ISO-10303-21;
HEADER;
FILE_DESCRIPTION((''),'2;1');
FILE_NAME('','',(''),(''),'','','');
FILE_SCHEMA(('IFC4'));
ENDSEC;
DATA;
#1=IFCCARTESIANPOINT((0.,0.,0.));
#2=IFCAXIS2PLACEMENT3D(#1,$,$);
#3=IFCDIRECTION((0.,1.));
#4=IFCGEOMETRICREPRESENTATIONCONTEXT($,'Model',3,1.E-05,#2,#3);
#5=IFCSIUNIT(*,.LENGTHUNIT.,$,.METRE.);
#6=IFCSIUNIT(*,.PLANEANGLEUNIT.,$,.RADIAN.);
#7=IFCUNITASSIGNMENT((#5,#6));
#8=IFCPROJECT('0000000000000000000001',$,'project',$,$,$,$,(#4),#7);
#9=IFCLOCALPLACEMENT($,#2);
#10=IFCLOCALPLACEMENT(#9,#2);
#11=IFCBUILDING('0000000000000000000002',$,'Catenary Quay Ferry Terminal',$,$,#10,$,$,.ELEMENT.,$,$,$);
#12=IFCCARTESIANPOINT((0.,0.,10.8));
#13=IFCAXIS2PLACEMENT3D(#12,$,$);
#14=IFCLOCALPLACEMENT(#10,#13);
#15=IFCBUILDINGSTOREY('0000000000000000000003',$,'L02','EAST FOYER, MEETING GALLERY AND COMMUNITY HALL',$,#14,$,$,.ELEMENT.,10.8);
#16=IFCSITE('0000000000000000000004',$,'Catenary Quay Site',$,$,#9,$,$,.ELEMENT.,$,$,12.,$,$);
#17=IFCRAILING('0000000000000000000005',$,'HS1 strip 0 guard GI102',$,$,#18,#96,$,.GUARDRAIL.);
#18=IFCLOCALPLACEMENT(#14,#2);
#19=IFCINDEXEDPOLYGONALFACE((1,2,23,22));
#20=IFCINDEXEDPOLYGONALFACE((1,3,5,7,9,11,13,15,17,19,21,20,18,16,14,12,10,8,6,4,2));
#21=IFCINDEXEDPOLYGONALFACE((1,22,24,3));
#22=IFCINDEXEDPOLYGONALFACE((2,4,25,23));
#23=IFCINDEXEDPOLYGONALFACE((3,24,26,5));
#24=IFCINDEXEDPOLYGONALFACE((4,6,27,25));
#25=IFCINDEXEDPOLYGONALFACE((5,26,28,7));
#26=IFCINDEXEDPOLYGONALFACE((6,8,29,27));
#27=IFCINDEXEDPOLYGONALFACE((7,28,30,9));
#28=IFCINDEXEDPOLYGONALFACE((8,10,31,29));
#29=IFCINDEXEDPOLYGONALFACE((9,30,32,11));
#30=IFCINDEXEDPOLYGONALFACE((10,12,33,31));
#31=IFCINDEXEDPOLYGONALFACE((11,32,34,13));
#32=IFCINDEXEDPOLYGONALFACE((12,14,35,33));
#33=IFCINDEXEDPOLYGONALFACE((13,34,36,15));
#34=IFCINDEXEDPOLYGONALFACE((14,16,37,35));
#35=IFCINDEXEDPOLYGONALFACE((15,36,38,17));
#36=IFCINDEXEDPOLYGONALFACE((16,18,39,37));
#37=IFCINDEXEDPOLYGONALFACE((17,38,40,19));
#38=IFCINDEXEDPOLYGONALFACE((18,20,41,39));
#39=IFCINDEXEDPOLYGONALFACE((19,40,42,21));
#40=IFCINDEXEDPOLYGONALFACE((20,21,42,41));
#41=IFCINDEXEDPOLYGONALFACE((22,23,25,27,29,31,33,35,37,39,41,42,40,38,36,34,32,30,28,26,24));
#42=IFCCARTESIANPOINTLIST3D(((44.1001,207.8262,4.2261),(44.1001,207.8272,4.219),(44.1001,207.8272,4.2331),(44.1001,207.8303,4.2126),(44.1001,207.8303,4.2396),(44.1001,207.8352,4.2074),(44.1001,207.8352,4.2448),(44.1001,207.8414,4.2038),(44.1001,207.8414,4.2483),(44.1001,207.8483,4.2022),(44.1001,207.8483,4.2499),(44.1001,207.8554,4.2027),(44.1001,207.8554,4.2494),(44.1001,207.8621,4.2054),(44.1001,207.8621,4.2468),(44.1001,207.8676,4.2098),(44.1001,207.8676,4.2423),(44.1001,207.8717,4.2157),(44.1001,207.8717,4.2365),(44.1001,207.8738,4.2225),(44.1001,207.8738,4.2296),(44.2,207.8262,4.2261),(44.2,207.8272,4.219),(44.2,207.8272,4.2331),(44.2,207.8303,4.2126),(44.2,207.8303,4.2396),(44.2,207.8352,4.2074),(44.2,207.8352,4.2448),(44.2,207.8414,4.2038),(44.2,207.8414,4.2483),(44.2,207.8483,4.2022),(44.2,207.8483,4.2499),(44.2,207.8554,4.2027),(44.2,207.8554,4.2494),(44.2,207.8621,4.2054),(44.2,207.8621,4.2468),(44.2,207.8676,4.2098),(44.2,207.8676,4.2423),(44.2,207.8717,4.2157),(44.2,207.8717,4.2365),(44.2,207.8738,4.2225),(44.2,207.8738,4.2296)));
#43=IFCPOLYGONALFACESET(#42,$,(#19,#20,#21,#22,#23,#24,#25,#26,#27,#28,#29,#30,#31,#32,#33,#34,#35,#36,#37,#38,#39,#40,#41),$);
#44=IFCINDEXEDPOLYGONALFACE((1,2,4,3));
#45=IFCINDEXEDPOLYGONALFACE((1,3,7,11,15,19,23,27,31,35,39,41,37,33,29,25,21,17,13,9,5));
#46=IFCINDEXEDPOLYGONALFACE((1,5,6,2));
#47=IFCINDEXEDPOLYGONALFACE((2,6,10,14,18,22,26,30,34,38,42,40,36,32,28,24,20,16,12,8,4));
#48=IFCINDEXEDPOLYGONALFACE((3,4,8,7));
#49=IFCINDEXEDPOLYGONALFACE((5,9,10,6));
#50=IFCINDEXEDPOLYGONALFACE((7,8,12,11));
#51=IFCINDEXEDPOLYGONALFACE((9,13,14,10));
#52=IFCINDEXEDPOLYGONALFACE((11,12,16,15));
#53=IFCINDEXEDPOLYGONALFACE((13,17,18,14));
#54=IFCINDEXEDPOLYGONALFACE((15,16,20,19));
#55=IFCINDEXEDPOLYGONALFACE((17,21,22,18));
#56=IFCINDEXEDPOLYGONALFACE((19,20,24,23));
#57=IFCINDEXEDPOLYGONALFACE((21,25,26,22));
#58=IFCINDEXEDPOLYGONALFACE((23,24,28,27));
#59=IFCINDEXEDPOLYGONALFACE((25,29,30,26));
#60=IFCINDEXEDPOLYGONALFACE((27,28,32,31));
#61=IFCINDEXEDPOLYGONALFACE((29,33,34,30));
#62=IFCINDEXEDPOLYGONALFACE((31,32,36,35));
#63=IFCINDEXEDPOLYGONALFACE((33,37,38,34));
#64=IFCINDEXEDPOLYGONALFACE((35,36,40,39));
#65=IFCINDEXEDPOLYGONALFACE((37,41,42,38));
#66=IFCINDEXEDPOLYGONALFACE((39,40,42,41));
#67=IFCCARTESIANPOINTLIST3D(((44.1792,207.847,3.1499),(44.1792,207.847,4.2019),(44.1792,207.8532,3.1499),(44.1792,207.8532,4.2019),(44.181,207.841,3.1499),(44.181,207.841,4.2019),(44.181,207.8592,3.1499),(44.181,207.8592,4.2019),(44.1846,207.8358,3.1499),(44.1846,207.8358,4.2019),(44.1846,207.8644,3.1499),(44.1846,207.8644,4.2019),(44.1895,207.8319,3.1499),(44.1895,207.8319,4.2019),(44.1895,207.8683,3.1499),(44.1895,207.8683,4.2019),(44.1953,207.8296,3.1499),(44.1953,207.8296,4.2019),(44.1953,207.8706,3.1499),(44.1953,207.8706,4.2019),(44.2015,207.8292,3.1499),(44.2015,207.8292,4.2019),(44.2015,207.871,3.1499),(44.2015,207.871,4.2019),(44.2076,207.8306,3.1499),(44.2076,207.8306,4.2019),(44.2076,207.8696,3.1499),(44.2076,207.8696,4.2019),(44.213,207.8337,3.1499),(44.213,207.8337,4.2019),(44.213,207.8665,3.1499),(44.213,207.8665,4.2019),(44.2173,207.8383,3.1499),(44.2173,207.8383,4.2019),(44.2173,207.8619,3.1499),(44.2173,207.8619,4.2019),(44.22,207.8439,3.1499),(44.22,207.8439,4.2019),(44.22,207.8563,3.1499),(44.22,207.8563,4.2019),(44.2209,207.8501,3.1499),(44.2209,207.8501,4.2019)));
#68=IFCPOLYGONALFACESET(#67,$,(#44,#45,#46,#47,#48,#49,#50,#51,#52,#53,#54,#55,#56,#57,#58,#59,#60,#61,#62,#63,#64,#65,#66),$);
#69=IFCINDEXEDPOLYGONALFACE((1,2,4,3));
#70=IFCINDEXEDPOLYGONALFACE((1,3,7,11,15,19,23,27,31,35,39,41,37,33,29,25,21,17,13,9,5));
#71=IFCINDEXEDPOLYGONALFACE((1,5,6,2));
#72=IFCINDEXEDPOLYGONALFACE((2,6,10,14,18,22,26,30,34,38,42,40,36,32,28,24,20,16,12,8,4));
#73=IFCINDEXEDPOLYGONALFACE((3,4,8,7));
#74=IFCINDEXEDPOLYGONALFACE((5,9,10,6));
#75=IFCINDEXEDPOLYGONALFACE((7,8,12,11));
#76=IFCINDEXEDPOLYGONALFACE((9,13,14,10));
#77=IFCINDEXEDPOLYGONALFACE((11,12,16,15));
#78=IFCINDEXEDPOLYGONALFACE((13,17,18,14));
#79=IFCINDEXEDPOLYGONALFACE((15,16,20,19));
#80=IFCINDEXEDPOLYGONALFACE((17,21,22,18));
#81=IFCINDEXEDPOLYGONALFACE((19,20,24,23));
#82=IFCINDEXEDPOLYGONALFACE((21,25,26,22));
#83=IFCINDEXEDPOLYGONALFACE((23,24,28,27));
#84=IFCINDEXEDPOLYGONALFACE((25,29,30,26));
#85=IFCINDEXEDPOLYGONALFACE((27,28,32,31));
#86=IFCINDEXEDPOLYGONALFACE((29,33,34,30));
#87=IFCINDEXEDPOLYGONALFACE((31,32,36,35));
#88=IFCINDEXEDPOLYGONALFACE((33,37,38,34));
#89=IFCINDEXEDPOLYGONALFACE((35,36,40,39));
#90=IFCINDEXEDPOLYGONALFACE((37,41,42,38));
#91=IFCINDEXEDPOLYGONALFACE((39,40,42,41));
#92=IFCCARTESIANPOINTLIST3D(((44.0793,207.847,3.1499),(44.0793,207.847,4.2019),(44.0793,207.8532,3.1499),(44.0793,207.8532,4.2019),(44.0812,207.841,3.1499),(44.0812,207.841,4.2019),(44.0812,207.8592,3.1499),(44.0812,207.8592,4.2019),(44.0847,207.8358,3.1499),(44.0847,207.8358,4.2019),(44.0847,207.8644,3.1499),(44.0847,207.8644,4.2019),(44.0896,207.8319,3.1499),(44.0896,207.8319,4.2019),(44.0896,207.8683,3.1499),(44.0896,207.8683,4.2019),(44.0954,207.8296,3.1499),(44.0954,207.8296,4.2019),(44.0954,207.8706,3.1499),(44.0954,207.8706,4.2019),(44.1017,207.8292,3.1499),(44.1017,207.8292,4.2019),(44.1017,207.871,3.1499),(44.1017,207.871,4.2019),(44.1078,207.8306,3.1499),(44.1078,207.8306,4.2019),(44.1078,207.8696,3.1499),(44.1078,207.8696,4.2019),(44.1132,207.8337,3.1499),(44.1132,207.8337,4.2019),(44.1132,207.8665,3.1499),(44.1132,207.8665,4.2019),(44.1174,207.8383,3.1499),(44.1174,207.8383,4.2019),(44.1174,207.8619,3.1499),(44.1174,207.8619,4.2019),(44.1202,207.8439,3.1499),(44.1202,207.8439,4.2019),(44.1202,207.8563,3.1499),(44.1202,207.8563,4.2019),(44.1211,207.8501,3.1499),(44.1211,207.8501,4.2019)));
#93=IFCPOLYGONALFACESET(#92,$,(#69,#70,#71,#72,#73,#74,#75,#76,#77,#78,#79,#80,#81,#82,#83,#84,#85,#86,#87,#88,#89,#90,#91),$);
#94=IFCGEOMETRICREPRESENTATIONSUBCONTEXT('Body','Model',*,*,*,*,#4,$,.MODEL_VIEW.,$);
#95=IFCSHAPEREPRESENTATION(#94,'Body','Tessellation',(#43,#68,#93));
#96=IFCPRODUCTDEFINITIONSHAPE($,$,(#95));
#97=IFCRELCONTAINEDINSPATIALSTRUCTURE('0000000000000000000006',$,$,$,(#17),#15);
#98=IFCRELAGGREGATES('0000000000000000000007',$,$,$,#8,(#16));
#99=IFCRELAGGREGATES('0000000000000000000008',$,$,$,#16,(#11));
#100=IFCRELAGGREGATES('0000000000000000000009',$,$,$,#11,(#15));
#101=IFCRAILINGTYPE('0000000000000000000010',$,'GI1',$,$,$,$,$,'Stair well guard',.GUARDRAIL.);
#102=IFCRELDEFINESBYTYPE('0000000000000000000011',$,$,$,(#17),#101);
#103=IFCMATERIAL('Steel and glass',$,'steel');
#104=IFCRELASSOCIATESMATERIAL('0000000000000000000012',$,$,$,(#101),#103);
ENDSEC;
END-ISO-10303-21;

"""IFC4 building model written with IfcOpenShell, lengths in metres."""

from ifc_helpers import new_model, si_unit, direction, frame, origin, origin_2d, place, context, subcontext, project, spatial, circle, extrude, material, type_object, element, save


model = new_model("IFC4")

# Units and contexts
model_context = context("Model", 3, precision=1e-05, world=origin(), true_north=direction((0.0, 1.0)))
body_context = subcontext(model_context, "Body", "Model", "MODEL_VIEW")
ifc_project = project(units=[si_unit("LENGTHUNIT", "METRE"), si_unit("PLANEANGLEUNIT", "RADIAN")], contexts=[model_context])

# Site, building, storey
site_placement = place(None, origin())
site = spatial("IfcSite", under=ifc_project, at=site_placement, Name="Catenary Quay Site", CompositionType="ELEMENT", RefElevation=12.0)
building_placement = place(site_placement, origin())
building = spatial("IfcBuilding", under=site, at=building_placement, Name="Catenary Quay Ferry Terminal", CompositionType="ELEMENT")
storey_placement = place(building_placement, frame((0.0, 0.0, 10.8)))
storey = spatial("IfcBuildingStorey", under=building, at=storey_placement, Name="L02", Description="EAST FOYER, MEETING GALLERY AND COMMUNITY HALL", CompositionType="ELEMENT", Elevation=10.8)

# Railing
ifc_material_1 = material(Name="Steel and glass", Category="steel")
railing_type_1 = type_object("IfcRailingType", Name="GI1", ElementType="Stair well guard", PredefinedType="GUARDRAIL", material=ifc_material_1)
railing_1_placement = place(storey_placement, frame((44.2, 207.8501, 3.1499)))
element("IfcRailing", 1, at=railing_1_placement, inside=storey, type_object=railing_type_1, Name="HS1 strip 0 guard GI102", PredefinedType="GUARDRAIL", context=body_context, shape_type="SweptSolid", body=[
    extrude(circle(Radius=0.0239, at=origin_2d()), frame((0.0, 0.0, 1.0762), z_axis=(-1.0, 0.0, 0.0), x_axis=(0.0, -1.0, 0.0)), (0.0, 0.0, 1.0), 0.0999),
    extrude(circle(Radius=0.021, at=origin_2d()), origin(), (0.0, 0.0, 1.0), 1.052),
    extrude(circle(Radius=0.021, at=origin_2d()), frame((-0.0999, 0.0, 0.0)), (0.0, 0.0, 1.0), 1.052),
])

save(model, "model.ifc")
